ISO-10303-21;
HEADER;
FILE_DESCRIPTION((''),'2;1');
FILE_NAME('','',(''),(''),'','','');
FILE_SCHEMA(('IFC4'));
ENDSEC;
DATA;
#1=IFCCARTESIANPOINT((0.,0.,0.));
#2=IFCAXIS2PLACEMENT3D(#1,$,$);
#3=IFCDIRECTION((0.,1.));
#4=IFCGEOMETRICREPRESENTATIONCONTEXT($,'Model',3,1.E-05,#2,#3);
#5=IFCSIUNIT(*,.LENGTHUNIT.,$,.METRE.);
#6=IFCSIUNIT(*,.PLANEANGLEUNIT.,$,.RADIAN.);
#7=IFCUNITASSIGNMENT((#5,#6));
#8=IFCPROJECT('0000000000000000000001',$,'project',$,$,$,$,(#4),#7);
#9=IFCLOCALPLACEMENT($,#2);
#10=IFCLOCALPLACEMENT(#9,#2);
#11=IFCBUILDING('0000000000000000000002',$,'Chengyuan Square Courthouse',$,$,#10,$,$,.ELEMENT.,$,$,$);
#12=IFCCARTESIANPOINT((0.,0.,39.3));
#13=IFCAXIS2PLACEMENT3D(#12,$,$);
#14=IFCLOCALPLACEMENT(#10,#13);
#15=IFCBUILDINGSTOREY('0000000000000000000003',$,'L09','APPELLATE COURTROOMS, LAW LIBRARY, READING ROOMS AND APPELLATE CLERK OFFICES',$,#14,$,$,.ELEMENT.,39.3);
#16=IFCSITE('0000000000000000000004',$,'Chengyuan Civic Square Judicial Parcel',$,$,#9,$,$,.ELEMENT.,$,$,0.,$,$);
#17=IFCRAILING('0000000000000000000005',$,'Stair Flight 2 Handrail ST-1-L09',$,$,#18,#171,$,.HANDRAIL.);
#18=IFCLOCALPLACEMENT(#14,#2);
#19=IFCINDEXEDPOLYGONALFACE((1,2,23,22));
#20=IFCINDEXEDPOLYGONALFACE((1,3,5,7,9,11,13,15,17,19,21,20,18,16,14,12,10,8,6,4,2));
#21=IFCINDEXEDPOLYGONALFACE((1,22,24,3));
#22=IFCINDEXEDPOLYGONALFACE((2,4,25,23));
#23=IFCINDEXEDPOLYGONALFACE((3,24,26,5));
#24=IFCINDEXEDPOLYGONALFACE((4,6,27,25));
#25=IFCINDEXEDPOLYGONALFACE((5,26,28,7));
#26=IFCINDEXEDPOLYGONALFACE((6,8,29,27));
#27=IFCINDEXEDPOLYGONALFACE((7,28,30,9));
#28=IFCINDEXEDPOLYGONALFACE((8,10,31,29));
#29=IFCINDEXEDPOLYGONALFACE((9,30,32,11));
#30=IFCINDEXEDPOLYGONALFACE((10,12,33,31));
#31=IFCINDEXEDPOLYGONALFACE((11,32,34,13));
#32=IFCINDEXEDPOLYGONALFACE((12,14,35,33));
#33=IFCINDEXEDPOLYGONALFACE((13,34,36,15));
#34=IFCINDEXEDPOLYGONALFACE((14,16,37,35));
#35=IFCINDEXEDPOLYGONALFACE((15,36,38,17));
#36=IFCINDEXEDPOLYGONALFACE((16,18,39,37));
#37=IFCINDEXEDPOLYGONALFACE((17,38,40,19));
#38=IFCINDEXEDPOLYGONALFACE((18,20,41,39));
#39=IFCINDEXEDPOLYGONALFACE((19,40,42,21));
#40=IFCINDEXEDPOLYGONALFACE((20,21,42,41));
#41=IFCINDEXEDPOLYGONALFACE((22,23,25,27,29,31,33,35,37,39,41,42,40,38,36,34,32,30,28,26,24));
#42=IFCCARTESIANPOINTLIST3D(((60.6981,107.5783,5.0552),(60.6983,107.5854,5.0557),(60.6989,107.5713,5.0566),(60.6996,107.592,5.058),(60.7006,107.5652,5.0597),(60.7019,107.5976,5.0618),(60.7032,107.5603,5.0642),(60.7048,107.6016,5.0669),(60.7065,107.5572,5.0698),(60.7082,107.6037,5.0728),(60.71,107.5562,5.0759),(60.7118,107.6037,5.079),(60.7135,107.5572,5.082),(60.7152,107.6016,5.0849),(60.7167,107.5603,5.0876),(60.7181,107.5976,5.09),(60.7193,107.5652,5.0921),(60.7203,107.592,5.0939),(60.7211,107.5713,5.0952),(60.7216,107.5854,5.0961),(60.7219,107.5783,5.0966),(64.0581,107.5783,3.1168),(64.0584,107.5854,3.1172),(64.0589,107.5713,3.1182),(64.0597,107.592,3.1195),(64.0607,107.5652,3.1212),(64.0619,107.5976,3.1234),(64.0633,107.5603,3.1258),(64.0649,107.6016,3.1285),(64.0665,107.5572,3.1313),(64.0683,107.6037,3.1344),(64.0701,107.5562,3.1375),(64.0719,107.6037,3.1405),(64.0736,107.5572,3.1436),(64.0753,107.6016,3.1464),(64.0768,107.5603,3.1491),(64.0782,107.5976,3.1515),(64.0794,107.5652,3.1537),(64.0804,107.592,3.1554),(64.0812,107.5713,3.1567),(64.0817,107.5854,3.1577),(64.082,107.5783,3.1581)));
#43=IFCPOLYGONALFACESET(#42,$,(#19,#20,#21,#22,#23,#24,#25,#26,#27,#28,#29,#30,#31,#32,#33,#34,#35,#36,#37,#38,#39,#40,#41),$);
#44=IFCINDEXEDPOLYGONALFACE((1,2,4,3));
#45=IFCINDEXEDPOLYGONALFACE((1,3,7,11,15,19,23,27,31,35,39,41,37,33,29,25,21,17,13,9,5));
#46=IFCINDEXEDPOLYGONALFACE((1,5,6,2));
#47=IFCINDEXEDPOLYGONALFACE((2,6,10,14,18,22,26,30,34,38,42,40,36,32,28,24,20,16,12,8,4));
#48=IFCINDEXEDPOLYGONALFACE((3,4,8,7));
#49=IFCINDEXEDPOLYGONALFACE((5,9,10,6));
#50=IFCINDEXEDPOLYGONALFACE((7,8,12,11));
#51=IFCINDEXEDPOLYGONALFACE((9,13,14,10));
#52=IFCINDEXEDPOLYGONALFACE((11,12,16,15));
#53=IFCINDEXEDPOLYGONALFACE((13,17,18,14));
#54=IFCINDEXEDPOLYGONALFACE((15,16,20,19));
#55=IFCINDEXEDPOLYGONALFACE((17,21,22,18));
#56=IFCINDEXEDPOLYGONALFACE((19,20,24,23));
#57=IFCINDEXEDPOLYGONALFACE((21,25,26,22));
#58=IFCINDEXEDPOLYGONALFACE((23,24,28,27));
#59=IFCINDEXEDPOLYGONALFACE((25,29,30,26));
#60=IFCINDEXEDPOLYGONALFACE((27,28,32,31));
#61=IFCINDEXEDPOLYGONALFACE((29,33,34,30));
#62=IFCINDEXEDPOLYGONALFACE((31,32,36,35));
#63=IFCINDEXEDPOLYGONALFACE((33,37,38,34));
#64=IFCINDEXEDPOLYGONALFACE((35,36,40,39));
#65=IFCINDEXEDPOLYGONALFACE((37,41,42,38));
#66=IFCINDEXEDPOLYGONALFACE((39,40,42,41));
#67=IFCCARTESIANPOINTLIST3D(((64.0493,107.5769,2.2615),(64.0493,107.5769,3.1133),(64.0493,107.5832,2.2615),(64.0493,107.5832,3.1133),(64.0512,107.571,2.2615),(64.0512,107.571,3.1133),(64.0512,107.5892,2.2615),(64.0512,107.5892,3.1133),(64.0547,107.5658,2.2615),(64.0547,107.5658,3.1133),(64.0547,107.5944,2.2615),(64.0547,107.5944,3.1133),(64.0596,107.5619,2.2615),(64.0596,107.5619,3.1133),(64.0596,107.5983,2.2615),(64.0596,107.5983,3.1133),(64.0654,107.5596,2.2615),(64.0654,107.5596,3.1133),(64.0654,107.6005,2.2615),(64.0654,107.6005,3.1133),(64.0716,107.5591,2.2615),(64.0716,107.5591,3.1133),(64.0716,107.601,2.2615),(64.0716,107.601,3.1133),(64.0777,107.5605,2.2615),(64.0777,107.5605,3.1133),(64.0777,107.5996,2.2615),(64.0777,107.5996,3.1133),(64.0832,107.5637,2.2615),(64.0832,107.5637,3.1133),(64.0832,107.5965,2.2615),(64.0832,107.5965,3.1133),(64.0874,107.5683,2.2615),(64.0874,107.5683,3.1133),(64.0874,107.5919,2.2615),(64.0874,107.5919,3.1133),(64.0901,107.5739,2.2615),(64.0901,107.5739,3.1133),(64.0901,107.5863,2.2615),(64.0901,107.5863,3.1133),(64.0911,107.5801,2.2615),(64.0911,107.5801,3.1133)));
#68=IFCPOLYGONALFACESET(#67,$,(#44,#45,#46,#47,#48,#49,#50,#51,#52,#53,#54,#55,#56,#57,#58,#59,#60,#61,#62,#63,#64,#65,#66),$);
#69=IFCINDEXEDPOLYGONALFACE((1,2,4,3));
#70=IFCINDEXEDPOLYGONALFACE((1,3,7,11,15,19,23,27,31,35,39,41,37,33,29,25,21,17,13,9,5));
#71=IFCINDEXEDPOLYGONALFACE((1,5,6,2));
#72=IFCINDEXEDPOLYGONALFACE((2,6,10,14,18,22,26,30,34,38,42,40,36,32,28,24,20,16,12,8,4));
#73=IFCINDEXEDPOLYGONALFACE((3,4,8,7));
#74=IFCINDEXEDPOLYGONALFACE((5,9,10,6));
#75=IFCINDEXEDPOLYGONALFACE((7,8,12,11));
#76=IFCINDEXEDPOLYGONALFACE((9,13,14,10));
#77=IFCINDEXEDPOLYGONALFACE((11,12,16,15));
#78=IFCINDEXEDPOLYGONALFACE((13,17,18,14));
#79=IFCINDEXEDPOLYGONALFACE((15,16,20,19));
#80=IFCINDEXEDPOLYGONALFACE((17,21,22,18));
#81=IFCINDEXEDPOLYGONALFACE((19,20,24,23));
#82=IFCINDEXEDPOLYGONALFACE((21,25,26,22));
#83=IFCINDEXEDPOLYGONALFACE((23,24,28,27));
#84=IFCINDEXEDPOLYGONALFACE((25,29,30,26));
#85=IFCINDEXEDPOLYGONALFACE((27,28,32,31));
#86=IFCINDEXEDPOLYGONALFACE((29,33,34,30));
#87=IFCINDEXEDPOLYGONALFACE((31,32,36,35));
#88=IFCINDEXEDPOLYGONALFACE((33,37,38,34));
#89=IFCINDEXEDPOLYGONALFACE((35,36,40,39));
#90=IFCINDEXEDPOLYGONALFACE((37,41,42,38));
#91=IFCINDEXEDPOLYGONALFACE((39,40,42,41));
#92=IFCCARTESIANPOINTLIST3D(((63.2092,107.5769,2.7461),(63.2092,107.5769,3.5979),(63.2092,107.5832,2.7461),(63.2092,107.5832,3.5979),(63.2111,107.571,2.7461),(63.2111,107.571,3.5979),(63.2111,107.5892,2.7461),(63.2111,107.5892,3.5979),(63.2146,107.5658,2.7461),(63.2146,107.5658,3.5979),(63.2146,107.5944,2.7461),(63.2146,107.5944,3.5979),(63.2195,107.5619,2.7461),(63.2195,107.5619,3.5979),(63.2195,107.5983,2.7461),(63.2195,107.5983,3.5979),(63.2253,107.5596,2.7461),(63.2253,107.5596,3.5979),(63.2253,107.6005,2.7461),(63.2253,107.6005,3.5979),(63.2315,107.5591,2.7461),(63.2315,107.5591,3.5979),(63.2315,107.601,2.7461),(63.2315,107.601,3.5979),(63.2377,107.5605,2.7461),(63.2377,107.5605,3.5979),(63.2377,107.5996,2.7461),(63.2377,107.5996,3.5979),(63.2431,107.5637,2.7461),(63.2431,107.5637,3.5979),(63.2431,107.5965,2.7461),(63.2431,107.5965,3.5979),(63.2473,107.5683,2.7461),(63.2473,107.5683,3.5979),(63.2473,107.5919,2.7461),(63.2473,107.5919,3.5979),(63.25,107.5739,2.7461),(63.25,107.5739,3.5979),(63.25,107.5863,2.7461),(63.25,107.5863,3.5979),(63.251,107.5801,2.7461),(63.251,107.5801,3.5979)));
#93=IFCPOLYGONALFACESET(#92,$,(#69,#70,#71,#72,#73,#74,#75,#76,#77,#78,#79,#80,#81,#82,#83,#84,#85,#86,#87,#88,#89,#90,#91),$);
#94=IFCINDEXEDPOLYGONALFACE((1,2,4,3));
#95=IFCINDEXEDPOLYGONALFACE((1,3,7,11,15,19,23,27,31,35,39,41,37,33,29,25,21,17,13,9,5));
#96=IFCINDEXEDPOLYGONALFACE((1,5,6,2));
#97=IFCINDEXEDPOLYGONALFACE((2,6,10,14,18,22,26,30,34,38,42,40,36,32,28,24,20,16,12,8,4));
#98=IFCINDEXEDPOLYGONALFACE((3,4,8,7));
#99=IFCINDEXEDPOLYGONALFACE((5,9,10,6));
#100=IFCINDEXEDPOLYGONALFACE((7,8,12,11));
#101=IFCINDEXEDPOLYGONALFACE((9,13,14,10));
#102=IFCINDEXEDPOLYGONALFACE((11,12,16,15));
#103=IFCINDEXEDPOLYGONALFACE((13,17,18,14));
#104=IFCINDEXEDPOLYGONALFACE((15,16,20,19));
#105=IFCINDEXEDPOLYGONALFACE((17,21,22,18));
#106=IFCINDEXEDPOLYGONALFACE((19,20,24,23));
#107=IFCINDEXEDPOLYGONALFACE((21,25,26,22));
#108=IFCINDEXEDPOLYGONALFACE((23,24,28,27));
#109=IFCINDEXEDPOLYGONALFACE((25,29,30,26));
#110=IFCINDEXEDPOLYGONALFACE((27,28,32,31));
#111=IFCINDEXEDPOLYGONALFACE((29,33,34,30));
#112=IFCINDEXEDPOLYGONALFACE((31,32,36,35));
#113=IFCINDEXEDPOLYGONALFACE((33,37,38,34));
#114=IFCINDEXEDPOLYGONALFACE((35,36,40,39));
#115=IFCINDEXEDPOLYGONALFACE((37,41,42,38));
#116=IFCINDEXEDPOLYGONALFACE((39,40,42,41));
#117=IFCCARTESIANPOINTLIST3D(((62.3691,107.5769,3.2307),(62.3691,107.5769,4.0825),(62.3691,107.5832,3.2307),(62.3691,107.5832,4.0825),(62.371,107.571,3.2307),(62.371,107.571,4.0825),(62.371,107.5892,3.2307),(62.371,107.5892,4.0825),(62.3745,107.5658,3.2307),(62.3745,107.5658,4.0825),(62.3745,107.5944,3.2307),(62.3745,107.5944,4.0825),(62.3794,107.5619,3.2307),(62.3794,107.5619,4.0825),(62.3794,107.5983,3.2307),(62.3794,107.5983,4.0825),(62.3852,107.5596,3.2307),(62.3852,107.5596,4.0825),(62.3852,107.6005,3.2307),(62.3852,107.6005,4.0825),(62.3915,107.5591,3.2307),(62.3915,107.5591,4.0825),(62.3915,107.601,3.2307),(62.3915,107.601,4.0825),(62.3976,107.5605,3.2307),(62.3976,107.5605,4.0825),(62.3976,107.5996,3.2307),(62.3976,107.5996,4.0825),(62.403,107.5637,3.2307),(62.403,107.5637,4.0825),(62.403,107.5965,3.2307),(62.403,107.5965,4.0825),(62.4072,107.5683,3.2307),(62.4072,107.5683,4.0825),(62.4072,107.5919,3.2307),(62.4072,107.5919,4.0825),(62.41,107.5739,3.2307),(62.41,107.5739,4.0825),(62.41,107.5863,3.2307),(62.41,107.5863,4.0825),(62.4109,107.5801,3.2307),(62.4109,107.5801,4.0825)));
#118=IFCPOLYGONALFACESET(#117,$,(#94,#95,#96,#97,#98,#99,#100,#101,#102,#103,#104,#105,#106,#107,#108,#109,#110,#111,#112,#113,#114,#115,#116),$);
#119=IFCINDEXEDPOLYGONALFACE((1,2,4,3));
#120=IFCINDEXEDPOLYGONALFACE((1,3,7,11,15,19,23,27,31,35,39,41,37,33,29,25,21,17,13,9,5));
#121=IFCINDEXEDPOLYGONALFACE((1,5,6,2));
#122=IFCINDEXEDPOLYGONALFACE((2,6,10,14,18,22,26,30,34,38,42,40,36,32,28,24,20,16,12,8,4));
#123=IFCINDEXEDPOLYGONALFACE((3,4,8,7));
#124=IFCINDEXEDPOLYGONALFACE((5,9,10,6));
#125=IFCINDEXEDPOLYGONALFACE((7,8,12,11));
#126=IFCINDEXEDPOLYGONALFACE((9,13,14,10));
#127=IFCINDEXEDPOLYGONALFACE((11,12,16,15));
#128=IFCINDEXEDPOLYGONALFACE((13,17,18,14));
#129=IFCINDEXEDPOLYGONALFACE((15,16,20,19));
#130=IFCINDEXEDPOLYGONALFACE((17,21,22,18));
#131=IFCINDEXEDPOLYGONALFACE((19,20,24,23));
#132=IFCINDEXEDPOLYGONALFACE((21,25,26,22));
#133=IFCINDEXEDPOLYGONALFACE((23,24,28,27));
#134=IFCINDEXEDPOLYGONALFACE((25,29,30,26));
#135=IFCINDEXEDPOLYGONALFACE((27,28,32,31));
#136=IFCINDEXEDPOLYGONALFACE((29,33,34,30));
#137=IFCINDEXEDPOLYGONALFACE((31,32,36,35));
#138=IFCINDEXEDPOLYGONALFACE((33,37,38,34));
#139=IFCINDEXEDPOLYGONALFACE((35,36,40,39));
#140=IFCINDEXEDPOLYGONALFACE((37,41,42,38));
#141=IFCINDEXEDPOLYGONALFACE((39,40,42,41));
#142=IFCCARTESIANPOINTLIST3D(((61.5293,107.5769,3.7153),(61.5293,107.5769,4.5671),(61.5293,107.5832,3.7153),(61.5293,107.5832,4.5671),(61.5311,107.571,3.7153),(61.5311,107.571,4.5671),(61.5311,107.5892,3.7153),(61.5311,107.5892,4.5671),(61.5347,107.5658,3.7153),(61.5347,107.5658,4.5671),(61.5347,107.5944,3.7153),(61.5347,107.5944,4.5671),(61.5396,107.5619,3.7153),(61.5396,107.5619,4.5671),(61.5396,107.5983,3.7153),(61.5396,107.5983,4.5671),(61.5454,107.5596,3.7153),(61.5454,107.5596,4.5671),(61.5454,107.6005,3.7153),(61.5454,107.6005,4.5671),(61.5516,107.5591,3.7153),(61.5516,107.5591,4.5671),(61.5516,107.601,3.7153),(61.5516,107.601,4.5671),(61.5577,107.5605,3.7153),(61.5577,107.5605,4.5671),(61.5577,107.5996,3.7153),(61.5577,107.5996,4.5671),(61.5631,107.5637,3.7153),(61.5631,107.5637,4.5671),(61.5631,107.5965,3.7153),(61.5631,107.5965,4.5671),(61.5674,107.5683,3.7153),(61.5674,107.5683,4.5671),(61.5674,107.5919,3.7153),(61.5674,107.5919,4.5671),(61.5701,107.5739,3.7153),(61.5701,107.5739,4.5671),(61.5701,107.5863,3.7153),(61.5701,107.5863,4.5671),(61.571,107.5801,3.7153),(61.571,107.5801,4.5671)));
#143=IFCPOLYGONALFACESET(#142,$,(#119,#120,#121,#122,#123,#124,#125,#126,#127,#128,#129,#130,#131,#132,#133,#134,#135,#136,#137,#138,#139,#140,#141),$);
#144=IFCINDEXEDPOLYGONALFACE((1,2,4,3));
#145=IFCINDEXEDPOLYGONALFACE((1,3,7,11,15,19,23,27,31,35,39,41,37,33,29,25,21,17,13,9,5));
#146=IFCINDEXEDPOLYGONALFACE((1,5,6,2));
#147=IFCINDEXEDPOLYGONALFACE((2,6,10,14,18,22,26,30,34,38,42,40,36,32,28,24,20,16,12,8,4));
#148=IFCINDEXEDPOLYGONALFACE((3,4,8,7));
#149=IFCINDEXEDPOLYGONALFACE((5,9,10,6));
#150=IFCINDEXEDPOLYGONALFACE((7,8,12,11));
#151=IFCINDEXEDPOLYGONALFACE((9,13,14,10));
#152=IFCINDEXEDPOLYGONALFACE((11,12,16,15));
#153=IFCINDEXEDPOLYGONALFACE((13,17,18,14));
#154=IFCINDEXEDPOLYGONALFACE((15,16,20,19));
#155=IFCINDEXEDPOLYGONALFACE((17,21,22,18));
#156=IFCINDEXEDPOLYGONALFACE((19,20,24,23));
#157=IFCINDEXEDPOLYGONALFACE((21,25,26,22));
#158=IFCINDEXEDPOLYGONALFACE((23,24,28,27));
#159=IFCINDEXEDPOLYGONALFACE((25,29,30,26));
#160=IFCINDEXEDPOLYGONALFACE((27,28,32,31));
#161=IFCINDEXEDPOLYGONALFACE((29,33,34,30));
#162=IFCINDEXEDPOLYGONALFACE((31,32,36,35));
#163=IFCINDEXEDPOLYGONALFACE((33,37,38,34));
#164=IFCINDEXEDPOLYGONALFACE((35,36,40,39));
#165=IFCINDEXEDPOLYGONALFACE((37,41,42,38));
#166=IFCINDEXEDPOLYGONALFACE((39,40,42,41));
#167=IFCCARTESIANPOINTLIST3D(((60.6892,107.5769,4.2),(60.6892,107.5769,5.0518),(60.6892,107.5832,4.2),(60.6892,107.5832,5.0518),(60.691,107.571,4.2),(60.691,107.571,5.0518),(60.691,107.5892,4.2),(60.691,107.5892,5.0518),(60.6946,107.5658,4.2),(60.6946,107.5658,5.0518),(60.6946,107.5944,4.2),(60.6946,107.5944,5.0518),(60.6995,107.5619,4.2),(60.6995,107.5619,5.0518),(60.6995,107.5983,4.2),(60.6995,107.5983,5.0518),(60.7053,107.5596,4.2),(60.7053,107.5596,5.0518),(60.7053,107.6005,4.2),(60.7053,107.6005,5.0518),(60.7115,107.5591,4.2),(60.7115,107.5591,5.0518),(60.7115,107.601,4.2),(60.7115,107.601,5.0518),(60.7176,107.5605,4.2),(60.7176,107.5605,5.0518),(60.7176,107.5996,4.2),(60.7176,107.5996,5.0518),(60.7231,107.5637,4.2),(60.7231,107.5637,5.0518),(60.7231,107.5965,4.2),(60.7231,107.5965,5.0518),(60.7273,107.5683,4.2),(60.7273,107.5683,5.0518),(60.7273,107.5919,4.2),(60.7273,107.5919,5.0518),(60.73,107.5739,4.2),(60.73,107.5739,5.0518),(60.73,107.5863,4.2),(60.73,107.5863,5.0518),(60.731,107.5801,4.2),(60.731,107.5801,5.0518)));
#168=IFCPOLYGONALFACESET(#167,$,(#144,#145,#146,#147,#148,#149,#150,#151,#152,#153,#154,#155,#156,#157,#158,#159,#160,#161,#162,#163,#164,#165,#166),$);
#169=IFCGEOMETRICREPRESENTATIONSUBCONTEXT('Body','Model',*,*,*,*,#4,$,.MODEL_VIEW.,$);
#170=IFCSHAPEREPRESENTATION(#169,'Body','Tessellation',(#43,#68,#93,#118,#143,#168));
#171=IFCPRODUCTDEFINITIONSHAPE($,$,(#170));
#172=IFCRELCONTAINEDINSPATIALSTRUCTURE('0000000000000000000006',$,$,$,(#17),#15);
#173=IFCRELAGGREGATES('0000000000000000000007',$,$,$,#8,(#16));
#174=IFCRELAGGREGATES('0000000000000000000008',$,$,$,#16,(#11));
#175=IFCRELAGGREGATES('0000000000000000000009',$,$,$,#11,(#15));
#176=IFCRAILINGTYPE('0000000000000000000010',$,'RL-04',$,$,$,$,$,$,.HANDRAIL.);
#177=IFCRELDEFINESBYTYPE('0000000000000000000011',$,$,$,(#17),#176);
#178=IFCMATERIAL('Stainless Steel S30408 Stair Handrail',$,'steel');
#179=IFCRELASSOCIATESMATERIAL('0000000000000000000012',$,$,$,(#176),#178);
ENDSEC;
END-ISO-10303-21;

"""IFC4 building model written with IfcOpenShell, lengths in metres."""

from ifc_helpers import new_model, si_unit, direction, frame, origin, origin_2d, place, context, subcontext, project, spatial, circle, extrude, material, type_object, element, save


model = new_model("IFC4")

# Units and contexts
model_context = context("Model", 3, precision=1e-05, world=origin(), true_north=direction((0.0, 1.0)))
body_context = subcontext(model_context, "Body", "Model", "MODEL_VIEW")
ifc_project = project(units=[si_unit("LENGTHUNIT", "METRE"), si_unit("PLANEANGLEUNIT", "RADIAN")], contexts=[model_context])

# Site, building, storey
site_placement = place(None, origin())
site = spatial("IfcSite", under=ifc_project, at=site_placement, Name="Chengyuan Civic Square Judicial Parcel", CompositionType="ELEMENT", RefElevation=0.0)
building_placement = place(site_placement, origin())
building = spatial("IfcBuilding", under=site, at=building_placement, Name="Chengyuan Square Courthouse", CompositionType="ELEMENT")
storey_placement = place(building_placement, frame((0.0, 0.0, 39.3)))
storey = spatial("IfcBuildingStorey", under=building, at=storey_placement, Name="L09", Description="APPELLATE COURTROOMS, LAW LIBRARY, READING ROOMS AND APPELLATE CLERK OFFICES", CompositionType="ELEMENT", Elevation=39.3)

# Railing
ifc_material_1 = material(Name="Stainless Steel S30408 Stair Handrail", Category="steel")
railing_type = type_object("IfcRailingType", Name="RL-04", PredefinedType="HANDRAIL", material=ifc_material_1)
railing_placement = place(storey_placement, frame((64.0701, 107.5801, 2.2615)))
element("IfcRailing", 1, at=railing_placement, inside=storey, type_object=railing_type, Name="Stair Flight 2 Handrail ST-1-L09", PredefinedType="HANDRAIL", context=body_context, shape_type="SweptSolid", body=[
    extrude(circle(Radius=0.0239, at=origin_2d()), frame((0.0, 0.0, 0.876), z_axis=(-0.866191, 0.0, 0.499713), x_axis=(0.0, -1.0, 0.0)), (0.0, 0.0, 1.0), 3.8792),
    extrude(circle(Radius=0.021, at=origin_2d()), origin(), (0.0, 0.0, 1.0), 0.8518),
    extrude(circle(Radius=0.021, at=origin_2d()), frame((-0.8401, 0.0, 0.4846)), (0.0, 0.0, 1.0), 0.8518),
    extrude(circle(Radius=0.021, at=origin_2d()), frame((-1.6802, 0.0, 0.9692)), (0.0, 0.0, 1.0), 0.8518),
    extrude(circle(Radius=0.021, at=origin_2d()), frame((-2.52, 0.0, 1.4539)), (0.0, 0.0, 1.0), 0.8518),
    extrude(circle(Radius=0.021, at=origin_2d()), frame((-3.3601, 0.0, 1.9385)), (0.0, 0.0, 1.0), 0.8518),
])

save(model, "model.ifc")
